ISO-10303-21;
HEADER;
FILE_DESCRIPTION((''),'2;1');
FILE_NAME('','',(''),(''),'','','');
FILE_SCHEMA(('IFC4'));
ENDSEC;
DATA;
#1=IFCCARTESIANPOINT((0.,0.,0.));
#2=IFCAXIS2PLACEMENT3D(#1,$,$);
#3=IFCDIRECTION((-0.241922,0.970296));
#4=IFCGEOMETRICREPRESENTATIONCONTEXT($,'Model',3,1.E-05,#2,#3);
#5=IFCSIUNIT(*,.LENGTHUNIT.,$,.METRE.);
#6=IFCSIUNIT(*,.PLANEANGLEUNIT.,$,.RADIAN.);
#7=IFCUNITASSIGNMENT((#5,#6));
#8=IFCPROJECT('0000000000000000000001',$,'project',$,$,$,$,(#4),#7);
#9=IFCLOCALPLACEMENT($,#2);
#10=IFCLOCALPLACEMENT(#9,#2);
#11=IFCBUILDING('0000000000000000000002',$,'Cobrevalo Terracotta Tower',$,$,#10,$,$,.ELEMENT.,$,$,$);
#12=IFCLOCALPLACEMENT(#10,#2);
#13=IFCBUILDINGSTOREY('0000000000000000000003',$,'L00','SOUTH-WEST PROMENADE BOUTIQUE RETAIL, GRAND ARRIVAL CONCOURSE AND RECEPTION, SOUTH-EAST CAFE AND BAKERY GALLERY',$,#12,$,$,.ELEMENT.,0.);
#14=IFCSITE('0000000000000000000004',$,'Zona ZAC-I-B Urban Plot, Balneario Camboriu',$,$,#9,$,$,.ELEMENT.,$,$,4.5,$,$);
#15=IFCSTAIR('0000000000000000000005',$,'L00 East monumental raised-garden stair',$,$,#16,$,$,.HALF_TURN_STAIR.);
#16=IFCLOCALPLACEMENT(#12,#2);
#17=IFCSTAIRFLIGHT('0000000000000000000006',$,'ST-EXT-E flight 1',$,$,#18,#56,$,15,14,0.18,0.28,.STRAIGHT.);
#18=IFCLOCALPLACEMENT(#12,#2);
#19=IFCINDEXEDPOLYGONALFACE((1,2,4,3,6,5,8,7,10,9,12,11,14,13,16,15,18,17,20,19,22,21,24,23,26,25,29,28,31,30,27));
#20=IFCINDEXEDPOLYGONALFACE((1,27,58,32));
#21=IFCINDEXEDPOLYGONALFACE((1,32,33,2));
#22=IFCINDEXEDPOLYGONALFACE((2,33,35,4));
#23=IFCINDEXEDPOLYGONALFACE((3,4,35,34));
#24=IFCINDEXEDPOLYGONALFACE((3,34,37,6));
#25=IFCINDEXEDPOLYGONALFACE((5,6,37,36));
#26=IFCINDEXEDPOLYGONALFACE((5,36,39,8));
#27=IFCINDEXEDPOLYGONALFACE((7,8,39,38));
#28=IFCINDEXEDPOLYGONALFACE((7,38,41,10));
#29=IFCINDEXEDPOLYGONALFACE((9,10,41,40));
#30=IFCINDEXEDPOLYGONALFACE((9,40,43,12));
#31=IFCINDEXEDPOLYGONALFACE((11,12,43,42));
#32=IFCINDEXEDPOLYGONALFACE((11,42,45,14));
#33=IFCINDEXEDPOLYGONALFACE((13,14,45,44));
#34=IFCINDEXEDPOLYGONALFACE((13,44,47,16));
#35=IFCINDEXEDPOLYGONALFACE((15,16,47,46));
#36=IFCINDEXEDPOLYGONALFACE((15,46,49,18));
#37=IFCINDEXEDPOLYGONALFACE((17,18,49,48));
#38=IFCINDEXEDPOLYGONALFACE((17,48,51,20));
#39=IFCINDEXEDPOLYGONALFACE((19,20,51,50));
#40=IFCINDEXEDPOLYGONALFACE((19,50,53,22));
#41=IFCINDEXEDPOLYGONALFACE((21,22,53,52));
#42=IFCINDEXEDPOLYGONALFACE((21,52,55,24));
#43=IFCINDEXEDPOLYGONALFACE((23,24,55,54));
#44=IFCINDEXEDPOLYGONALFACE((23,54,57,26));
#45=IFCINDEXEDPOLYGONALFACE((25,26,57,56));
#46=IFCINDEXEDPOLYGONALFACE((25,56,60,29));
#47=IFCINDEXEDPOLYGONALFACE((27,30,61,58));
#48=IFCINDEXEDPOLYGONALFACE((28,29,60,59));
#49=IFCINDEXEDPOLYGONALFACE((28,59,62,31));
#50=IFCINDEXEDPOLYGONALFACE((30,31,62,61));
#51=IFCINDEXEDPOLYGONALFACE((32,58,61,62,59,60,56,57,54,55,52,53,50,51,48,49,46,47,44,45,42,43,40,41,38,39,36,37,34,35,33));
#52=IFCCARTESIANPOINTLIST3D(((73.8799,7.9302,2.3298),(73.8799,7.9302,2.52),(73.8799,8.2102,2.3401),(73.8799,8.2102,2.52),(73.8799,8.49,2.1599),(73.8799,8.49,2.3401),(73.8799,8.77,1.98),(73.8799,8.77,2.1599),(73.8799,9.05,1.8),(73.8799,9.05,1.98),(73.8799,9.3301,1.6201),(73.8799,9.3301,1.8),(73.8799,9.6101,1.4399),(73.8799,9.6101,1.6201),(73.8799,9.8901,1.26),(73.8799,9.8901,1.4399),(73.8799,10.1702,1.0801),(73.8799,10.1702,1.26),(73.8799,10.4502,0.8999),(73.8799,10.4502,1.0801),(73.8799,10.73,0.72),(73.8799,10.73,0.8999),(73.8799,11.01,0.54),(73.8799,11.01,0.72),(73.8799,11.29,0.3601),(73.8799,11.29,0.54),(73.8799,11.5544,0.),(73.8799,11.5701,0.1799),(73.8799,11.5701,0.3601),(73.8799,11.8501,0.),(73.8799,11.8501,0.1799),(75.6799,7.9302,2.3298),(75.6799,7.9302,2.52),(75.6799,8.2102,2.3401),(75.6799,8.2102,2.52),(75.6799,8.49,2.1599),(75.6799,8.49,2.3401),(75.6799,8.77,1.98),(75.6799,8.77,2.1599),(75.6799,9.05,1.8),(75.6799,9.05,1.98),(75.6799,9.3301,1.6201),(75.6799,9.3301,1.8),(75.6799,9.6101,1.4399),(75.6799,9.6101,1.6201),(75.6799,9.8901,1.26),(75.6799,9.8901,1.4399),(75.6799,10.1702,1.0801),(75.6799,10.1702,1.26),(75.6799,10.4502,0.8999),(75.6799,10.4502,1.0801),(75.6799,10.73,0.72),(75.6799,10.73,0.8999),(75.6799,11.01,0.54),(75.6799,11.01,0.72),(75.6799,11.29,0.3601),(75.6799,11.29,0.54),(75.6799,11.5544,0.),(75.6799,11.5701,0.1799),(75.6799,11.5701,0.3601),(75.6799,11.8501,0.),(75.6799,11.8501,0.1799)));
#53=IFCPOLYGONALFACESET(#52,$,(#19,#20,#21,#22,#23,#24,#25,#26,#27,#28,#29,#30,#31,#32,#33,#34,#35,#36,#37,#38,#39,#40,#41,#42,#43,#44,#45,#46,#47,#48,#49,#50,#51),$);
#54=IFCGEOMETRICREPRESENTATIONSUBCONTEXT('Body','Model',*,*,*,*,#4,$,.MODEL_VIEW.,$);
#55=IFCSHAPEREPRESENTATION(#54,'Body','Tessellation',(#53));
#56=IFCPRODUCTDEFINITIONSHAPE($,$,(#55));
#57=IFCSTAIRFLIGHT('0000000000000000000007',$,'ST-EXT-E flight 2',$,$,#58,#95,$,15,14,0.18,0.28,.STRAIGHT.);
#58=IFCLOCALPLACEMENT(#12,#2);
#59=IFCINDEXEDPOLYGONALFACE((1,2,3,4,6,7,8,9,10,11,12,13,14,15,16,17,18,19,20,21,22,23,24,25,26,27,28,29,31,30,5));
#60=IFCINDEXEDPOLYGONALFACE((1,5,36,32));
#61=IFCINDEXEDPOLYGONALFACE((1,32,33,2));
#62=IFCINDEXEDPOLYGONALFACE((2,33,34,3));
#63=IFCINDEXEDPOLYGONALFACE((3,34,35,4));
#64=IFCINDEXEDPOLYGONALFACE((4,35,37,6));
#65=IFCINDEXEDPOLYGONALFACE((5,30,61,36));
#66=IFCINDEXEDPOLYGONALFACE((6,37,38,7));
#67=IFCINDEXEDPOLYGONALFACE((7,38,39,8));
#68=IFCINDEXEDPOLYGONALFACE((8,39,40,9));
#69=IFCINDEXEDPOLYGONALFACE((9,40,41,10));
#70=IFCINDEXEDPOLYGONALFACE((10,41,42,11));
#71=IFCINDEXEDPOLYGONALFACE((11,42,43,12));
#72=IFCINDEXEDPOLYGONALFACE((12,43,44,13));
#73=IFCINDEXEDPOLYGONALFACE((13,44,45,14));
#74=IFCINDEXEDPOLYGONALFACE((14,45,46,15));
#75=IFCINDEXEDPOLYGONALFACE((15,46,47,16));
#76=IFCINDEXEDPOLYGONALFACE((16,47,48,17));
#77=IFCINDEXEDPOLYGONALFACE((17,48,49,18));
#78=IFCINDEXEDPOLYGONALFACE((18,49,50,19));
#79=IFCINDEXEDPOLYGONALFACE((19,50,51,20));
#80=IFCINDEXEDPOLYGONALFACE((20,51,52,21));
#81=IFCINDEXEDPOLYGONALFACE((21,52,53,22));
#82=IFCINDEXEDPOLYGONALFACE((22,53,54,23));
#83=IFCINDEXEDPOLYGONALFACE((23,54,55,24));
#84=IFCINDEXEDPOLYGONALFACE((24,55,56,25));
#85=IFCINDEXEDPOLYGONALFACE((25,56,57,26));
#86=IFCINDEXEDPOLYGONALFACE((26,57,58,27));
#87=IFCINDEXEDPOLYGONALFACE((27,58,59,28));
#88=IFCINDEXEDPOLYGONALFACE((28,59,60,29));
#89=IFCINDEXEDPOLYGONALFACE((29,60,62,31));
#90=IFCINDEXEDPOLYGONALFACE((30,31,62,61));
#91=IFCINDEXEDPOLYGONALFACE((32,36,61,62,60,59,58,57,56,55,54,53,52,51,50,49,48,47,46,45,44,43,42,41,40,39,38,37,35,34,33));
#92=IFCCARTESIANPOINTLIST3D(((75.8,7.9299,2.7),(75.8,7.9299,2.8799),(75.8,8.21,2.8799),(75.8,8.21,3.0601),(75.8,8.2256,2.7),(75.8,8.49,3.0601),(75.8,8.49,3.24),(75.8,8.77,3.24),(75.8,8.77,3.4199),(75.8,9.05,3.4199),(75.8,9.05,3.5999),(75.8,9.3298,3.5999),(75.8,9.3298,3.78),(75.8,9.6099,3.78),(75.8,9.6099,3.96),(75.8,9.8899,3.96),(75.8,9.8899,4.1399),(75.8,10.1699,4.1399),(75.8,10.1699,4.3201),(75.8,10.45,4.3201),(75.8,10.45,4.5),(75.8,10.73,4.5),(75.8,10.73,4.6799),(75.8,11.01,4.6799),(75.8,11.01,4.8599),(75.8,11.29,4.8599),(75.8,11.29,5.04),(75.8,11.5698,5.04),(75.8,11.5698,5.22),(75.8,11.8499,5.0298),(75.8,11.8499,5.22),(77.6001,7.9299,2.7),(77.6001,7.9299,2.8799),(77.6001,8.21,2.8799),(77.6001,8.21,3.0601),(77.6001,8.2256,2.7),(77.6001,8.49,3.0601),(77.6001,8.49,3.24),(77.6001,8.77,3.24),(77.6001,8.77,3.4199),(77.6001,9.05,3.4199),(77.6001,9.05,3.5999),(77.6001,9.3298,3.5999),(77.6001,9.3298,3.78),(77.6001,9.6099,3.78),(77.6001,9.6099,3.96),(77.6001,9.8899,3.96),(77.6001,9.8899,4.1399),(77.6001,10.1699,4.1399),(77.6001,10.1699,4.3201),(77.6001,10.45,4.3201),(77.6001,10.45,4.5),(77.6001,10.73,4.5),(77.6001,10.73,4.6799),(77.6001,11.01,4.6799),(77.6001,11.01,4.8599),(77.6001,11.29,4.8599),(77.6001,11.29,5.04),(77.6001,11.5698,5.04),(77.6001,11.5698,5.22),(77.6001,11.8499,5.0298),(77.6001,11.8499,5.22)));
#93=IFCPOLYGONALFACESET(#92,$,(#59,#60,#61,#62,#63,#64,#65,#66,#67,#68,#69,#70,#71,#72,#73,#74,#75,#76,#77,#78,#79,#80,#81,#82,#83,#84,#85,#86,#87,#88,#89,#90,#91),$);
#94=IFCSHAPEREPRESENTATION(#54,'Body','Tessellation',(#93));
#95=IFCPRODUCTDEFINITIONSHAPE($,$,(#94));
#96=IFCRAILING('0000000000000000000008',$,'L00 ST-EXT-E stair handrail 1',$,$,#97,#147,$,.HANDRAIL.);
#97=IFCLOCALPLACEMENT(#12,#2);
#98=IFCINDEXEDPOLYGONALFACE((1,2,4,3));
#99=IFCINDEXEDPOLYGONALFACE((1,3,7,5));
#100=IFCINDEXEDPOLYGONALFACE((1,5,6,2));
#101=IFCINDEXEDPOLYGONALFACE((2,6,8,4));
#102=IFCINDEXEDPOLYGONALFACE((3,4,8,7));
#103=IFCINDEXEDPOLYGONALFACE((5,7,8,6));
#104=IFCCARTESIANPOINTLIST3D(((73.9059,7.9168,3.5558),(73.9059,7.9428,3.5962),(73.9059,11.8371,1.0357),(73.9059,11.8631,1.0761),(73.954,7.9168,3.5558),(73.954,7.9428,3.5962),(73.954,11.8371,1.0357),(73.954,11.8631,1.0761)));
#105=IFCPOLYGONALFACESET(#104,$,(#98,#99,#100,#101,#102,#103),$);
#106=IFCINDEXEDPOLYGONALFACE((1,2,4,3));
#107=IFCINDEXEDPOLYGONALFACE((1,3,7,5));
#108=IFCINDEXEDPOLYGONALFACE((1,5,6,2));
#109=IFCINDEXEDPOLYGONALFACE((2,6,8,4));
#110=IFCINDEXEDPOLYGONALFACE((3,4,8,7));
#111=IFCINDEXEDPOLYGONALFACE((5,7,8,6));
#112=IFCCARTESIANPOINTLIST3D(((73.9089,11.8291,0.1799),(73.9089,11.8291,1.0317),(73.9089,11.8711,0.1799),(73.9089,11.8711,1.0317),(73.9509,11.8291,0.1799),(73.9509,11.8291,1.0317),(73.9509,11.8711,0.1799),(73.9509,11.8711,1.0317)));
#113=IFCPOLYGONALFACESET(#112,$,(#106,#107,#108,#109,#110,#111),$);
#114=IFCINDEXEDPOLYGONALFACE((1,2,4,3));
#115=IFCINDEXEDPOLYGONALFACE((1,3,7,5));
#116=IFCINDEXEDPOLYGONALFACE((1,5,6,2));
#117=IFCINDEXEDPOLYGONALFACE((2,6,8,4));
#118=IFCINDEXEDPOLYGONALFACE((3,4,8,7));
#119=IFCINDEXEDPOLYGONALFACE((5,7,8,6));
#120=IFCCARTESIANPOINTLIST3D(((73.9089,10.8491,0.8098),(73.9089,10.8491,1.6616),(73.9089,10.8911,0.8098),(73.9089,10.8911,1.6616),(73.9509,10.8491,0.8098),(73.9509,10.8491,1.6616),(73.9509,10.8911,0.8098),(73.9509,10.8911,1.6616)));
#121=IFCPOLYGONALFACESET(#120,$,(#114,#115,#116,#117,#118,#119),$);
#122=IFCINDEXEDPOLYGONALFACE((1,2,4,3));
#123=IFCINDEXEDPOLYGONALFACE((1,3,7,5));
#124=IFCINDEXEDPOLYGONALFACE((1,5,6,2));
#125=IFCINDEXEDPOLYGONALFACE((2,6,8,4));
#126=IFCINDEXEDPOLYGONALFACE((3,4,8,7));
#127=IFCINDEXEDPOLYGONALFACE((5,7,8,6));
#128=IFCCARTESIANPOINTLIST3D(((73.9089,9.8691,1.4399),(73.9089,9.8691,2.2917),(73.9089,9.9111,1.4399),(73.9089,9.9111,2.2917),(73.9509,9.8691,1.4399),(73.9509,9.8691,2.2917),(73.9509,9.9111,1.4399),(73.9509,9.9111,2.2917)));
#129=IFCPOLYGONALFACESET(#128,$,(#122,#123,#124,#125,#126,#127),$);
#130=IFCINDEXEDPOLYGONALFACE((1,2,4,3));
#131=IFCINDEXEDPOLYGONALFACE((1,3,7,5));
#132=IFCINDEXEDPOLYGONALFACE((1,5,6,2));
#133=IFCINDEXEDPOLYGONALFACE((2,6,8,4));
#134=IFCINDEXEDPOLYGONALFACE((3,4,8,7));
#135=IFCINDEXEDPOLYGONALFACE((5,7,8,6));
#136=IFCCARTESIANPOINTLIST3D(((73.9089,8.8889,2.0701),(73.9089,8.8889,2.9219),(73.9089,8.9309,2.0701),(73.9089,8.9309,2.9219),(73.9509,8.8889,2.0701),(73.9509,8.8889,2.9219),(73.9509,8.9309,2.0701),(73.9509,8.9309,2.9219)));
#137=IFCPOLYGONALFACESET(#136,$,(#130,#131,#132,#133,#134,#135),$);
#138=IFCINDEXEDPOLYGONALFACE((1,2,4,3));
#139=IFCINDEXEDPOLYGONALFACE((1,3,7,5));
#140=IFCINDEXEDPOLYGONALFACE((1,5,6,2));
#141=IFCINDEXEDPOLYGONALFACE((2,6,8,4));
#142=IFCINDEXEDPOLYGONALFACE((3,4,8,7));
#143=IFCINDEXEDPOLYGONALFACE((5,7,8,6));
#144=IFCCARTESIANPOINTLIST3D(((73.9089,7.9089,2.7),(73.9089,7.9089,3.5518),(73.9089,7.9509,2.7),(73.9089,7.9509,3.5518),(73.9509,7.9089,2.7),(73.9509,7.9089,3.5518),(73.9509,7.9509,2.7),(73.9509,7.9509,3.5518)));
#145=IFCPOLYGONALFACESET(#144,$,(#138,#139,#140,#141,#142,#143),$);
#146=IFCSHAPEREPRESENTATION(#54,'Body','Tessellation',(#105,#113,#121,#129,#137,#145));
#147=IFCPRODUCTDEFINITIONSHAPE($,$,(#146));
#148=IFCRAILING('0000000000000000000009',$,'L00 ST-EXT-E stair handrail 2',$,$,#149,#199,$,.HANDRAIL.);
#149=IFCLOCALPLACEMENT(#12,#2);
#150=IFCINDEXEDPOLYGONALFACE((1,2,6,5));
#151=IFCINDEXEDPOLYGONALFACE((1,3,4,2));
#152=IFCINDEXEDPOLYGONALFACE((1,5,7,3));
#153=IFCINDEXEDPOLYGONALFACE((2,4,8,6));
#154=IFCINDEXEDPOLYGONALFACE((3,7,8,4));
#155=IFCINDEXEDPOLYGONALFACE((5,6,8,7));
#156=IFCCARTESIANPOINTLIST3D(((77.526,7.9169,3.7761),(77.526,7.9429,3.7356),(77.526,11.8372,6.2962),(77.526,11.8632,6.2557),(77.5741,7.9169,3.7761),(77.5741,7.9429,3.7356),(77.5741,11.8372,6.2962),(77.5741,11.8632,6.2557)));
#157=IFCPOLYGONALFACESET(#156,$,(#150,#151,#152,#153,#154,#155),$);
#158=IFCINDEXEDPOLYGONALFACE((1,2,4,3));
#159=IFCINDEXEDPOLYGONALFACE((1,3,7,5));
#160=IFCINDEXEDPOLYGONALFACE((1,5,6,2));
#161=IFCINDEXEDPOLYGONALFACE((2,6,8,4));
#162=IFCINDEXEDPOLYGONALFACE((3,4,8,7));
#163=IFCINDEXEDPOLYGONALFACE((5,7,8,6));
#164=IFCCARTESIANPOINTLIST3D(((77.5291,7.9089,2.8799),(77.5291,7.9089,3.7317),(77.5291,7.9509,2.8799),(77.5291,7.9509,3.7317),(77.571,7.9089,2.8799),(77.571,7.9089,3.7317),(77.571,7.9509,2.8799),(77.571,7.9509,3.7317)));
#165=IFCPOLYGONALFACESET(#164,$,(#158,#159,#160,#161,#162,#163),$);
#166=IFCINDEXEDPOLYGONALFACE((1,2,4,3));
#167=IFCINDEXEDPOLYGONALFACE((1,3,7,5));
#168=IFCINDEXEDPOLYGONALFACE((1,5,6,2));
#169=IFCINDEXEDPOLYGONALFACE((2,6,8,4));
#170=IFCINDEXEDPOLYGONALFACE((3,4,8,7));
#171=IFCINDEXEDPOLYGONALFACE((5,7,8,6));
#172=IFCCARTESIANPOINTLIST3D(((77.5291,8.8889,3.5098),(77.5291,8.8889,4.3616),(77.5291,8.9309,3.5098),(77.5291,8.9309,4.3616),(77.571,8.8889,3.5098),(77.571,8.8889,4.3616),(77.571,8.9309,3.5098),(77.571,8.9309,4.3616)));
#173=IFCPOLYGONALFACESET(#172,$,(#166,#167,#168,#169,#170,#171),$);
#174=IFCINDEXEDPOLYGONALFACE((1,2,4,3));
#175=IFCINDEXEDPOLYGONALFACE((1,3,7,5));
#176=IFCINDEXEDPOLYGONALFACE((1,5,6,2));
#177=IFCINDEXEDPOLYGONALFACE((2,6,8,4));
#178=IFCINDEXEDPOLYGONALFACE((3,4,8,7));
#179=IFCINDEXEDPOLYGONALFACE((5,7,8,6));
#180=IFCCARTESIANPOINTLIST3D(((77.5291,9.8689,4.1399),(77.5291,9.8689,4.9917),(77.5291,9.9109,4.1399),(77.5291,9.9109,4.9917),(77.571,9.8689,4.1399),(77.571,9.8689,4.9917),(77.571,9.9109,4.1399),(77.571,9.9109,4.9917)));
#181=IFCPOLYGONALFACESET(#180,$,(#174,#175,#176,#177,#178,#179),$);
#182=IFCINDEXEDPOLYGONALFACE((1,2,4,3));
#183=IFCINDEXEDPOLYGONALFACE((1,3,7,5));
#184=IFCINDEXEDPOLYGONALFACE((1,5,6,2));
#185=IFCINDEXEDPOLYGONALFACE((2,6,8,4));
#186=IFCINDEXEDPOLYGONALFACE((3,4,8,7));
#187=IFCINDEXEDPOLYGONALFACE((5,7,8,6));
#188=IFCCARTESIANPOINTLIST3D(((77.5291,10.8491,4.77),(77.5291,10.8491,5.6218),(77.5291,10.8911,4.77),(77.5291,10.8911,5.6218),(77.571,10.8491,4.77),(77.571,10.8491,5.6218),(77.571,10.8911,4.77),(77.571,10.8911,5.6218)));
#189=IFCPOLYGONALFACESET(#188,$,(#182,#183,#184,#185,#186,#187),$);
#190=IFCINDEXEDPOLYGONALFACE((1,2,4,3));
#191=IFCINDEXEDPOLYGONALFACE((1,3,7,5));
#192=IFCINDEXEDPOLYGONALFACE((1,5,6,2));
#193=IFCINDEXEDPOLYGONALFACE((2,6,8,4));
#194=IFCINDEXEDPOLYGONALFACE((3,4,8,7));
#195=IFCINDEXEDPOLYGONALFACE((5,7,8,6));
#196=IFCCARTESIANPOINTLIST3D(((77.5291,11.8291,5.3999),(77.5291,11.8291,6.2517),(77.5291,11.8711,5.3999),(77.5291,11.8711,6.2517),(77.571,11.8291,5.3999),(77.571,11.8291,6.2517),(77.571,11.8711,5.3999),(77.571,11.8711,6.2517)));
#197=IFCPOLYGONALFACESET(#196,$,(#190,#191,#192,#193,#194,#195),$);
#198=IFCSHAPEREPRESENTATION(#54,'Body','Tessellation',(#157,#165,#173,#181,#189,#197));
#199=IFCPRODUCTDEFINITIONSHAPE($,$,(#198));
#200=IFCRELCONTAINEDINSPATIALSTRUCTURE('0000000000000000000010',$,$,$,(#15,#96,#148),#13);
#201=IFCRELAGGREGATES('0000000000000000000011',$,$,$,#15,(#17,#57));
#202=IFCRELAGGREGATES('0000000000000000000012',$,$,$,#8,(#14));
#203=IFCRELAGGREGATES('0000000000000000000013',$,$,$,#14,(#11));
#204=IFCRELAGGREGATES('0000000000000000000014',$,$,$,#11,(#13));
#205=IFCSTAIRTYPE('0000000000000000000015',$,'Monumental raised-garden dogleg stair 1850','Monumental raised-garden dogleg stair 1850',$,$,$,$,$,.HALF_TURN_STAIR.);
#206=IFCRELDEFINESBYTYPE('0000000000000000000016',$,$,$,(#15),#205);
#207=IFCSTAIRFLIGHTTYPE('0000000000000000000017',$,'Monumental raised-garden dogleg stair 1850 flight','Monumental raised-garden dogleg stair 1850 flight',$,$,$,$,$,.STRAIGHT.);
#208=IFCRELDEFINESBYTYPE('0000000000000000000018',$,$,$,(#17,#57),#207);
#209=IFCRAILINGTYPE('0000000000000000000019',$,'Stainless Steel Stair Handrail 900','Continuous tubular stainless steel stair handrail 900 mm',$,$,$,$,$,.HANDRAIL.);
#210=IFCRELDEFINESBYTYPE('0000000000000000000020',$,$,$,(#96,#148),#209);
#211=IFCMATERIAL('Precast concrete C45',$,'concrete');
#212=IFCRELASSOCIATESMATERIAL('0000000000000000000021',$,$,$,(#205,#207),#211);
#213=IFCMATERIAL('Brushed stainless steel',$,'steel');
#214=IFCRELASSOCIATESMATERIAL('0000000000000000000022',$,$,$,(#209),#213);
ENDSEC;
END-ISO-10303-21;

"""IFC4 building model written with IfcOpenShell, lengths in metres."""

from ifc_helpers import new_model, si_unit, direction, frame, origin, origin_2d, place, context, subcontext, project, spatial, polyline, rectangle, outline, extrude, material, type_object, element, aggregate, save


model = new_model("IFC4")

# Units and contexts
model_context = context("Model", 3, precision=1e-05, world=origin(), true_north=direction((-0.241922, 0.970296)))
body_context = subcontext(model_context, "Body", "Model", "MODEL_VIEW")
ifc_project = project(units=[si_unit("LENGTHUNIT", "METRE"), si_unit("PLANEANGLEUNIT", "RADIAN")], contexts=[model_context])

# Site, building, storey
site_placement = place(None, origin())
site = spatial("IfcSite", under=ifc_project, at=site_placement, Name="Zona ZAC-I-B Urban Plot, Balneario Camboriu", CompositionType="ELEMENT", RefElevation=4.5)
building_placement = place(site_placement, origin())
building = spatial("IfcBuilding", under=site, at=building_placement, Name="Cobrevalo Terracotta Tower", CompositionType="ELEMENT")
storey_placement = place(building_placement, origin())
storey = spatial("IfcBuildingStorey", under=building, at=storey_placement, Name="L00", Description="SOUTH-WEST PROMENADE BOUTIQUE RETAIL, GRAND ARRIVAL CONCOURSE AND RECEPTION, SOUTH-EAST CAFE AND BAKERY GALLERY", CompositionType="ELEMENT", Elevation=0.0)

# Stair, stair flights
ifc_material_1 = material(Name="Precast concrete C45", Category="concrete")
stair_type = type_object("IfcStairType", Name="Monumental raised-garden dogleg stair 1850", Description="Monumental raised-garden dogleg stair 1850", PredefinedType="HALF_TURN_STAIR", material=ifc_material_1)
stair_placement = place(storey_placement, origin())
stair = element("IfcStair", 1, at=stair_placement, inside=storey, type_object=stair_type, Name="L00 East monumental raised-garden stair", PredefinedType="HALF_TURN_STAIR")
stair_flight_type = type_object("IfcStairFlightType", Name="Monumental raised-garden dogleg stair 1850 flight", Description="Monumental raised-garden dogleg stair 1850 flight", PredefinedType="STRAIGHT", material=ifc_material_1)
stair_flight_1_placement = place(storey_placement, frame((74.78, 11.8501, 0.0), z_axis=(0.0, 0.0, 1.0), x_axis=(0.0, -1.0, 0.0)))
stair_flight_1 = element("IfcStairFlight", 2, at=stair_flight_1_placement, type_object=stair_flight_type, Name="ST-EXT-E flight 1", NumberOfRisers=15, NumberOfTreads=14, PredefinedType="STRAIGHT", RiserHeight=0.18, TreadLength=0.28, context=body_context, shape_type="SweptSolid", body=[
    extrude(outline(polyline([(0.0, 0.0), (0.0, 0.1799), (0.28, 0.1799), (0.28, 0.3601), (0.5601, 0.3601), (0.5601, 0.54), (0.8401, 0.54), (0.8401, 0.72), (1.1201, 0.72), (1.1201, 0.8999), (1.3999, 0.8999), (1.3999, 1.0801), (1.6799, 1.0801), (1.6799, 1.26), (1.96, 1.26), (1.96, 1.4399), (2.24, 1.4399), (2.24, 1.6201), (2.52, 1.6201), (2.52, 1.8), (2.8, 1.8), (2.8, 1.98), (3.0801, 1.98), (3.0801, 2.1599), (3.3601, 2.1599), (3.3601, 2.3401), (3.6399, 2.3401), (3.6399, 2.52), (3.9199, 2.52), (3.9199, 2.7), (3.9199, 2.3298), (0.2957, 0.0), (0.0, 0.0)])), frame((0.0, 0.8999, 0.0), z_axis=(0.0, -1.0, 0.0), x_axis=(1.0, 0.0, 0.0)), (0.0, 0.0, 1.0), 1.8),
])
stair_flight_2_placement = place(storey_placement, frame((76.7, 7.9299, 2.7), z_axis=(0.0, 0.0, 1.0), x_axis=(0.0, 1.0, 0.0)))
stair_flight_2 = element("IfcStairFlight", 3, at=stair_flight_2_placement, type_object=stair_flight_type, Name="ST-EXT-E flight 2", NumberOfRisers=15, NumberOfTreads=14, PredefinedType="STRAIGHT", RiserHeight=0.18, TreadLength=0.28, context=body_context, shape_type="SweptSolid", body=[
    extrude(outline(polyline([(0.0, 0.0), (0.0, 0.1799), (0.28, 0.1799), (0.28, 0.3601), (0.5601, 0.3601), (0.5601, 0.54), (0.8401, 0.54), (0.8401, 0.72), (1.1201, 0.72), (1.1201, 0.8999), (1.3999, 0.8999), (1.3999, 1.0801), (1.6799, 1.0801), (1.6799, 1.26), (1.96, 1.26), (1.96, 1.4399), (2.24, 1.4399), (2.24, 1.6201), (2.52, 1.6201), (2.52, 1.8), (2.8, 1.8), (2.8, 1.98), (3.0801, 1.98), (3.0801, 2.1599), (3.3601, 2.1599), (3.3601, 2.3401), (3.6399, 2.3401), (3.6399, 2.52), (3.9199, 2.52), (3.9199, 2.7), (3.9199, 2.3298), (0.2957, 0.0), (0.0, 0.0)])), frame((0.0, 0.8999, 0.0), z_axis=(0.0, -1.0, 0.0), x_axis=(1.0, 0.0, 0.0)), (0.0, 0.0, 1.0), 1.8),
])
aggregate(stair, [stair_flight_1, stair_flight_2])

# Railings
ifc_material_2 = material(Name="Brushed stainless steel", Category="steel")
railing_type_1 = type_object("IfcRailingType", Name="Stainless Steel Stair Handrail 900", Description="Continuous tubular stainless steel stair handrail 900 mm", PredefinedType="HANDRAIL", material=ifc_material_2)
railing_1_placement = place(storey_placement, frame((73.9299, 11.8501, 0.1799)))
element("IfcRailing", 4, at=railing_1_placement, inside=storey, type_object=railing_type_1, Name="L00 ST-EXT-E stair handrail 1", PredefinedType="HANDRAIL", context=body_context, shape_type="SweptSolid", body=[
    extrude(rectangle(XDim=0.0481, YDim=0.0481, at=origin_2d()), frame((0.0, 0.0, 0.876), z_axis=(0.0, -0.841187, 0.540744), x_axis=(1.0, 0.0, 0.0)), (0.0, 0.0, 1.0), 4.6604),
    extrude(rectangle(XDim=0.042, YDim=0.042, at=origin_2d()), origin(), (0.0, 0.0, 1.0), 0.8518),
    extrude(rectangle(XDim=0.042, YDim=0.042, at=origin_2d()), frame((0.0, -0.98, 0.6299)), (0.0, 0.0, 1.0), 0.8518),
    extrude(rectangle(XDim=0.042, YDim=0.042, at=origin_2d()), frame((0.0, -1.96, 1.26)), (0.0, 0.0, 1.0), 0.8518),
    extrude(rectangle(XDim=0.042, YDim=0.042, at=origin_2d()), frame((0.0, -2.9402, 1.8901)), (0.0, 0.0, 1.0), 0.8518),
    extrude(rectangle(XDim=0.042, YDim=0.042, at=origin_2d()), frame((0.0, -3.9202, 2.52)), (0.0, 0.0, 1.0), 0.8518),
])
railing_2_placement = place(storey_placement, frame((77.55, 7.9299, 2.8799)))
element("IfcRailing", 5, at=railing_2_placement, inside=storey, type_object=railing_type_1, Name="L00 ST-EXT-E stair handrail 2", PredefinedType="HANDRAIL", context=body_context, shape_type="SweptSolid", body=[
    extrude(rectangle(XDim=0.0481, YDim=0.0481, at=origin_2d()), frame((0.0, 0.0, 0.876), z_axis=(0.0, 0.841187, 0.540744), x_axis=(-1.0, 0.0, 0.0)), (0.0, 0.0, 1.0), 4.6604),
    extrude(rectangle(XDim=0.042, YDim=0.042, at=origin_2d()), origin(), (0.0, 0.0, 1.0), 0.8518),
    extrude(rectangle(XDim=0.042, YDim=0.042, at=origin_2d()), frame((0.0, 0.98, 0.6299)), (0.0, 0.0, 1.0), 0.8518),
    extrude(rectangle(XDim=0.042, YDim=0.042, at=origin_2d()), frame((0.0, 1.96, 1.26)), (0.0, 0.0, 1.0), 0.8518),
    extrude(rectangle(XDim=0.042, YDim=0.042, at=origin_2d()), frame((0.0, 2.9402, 1.8901)), (0.0, 0.0, 1.0), 0.8518),
    extrude(rectangle(XDim=0.042, YDim=0.042, at=origin_2d()), frame((0.0, 3.9202, 2.52)), (0.0, 0.0, 1.0), 0.8518),
])

save(model, "model.ifc")
